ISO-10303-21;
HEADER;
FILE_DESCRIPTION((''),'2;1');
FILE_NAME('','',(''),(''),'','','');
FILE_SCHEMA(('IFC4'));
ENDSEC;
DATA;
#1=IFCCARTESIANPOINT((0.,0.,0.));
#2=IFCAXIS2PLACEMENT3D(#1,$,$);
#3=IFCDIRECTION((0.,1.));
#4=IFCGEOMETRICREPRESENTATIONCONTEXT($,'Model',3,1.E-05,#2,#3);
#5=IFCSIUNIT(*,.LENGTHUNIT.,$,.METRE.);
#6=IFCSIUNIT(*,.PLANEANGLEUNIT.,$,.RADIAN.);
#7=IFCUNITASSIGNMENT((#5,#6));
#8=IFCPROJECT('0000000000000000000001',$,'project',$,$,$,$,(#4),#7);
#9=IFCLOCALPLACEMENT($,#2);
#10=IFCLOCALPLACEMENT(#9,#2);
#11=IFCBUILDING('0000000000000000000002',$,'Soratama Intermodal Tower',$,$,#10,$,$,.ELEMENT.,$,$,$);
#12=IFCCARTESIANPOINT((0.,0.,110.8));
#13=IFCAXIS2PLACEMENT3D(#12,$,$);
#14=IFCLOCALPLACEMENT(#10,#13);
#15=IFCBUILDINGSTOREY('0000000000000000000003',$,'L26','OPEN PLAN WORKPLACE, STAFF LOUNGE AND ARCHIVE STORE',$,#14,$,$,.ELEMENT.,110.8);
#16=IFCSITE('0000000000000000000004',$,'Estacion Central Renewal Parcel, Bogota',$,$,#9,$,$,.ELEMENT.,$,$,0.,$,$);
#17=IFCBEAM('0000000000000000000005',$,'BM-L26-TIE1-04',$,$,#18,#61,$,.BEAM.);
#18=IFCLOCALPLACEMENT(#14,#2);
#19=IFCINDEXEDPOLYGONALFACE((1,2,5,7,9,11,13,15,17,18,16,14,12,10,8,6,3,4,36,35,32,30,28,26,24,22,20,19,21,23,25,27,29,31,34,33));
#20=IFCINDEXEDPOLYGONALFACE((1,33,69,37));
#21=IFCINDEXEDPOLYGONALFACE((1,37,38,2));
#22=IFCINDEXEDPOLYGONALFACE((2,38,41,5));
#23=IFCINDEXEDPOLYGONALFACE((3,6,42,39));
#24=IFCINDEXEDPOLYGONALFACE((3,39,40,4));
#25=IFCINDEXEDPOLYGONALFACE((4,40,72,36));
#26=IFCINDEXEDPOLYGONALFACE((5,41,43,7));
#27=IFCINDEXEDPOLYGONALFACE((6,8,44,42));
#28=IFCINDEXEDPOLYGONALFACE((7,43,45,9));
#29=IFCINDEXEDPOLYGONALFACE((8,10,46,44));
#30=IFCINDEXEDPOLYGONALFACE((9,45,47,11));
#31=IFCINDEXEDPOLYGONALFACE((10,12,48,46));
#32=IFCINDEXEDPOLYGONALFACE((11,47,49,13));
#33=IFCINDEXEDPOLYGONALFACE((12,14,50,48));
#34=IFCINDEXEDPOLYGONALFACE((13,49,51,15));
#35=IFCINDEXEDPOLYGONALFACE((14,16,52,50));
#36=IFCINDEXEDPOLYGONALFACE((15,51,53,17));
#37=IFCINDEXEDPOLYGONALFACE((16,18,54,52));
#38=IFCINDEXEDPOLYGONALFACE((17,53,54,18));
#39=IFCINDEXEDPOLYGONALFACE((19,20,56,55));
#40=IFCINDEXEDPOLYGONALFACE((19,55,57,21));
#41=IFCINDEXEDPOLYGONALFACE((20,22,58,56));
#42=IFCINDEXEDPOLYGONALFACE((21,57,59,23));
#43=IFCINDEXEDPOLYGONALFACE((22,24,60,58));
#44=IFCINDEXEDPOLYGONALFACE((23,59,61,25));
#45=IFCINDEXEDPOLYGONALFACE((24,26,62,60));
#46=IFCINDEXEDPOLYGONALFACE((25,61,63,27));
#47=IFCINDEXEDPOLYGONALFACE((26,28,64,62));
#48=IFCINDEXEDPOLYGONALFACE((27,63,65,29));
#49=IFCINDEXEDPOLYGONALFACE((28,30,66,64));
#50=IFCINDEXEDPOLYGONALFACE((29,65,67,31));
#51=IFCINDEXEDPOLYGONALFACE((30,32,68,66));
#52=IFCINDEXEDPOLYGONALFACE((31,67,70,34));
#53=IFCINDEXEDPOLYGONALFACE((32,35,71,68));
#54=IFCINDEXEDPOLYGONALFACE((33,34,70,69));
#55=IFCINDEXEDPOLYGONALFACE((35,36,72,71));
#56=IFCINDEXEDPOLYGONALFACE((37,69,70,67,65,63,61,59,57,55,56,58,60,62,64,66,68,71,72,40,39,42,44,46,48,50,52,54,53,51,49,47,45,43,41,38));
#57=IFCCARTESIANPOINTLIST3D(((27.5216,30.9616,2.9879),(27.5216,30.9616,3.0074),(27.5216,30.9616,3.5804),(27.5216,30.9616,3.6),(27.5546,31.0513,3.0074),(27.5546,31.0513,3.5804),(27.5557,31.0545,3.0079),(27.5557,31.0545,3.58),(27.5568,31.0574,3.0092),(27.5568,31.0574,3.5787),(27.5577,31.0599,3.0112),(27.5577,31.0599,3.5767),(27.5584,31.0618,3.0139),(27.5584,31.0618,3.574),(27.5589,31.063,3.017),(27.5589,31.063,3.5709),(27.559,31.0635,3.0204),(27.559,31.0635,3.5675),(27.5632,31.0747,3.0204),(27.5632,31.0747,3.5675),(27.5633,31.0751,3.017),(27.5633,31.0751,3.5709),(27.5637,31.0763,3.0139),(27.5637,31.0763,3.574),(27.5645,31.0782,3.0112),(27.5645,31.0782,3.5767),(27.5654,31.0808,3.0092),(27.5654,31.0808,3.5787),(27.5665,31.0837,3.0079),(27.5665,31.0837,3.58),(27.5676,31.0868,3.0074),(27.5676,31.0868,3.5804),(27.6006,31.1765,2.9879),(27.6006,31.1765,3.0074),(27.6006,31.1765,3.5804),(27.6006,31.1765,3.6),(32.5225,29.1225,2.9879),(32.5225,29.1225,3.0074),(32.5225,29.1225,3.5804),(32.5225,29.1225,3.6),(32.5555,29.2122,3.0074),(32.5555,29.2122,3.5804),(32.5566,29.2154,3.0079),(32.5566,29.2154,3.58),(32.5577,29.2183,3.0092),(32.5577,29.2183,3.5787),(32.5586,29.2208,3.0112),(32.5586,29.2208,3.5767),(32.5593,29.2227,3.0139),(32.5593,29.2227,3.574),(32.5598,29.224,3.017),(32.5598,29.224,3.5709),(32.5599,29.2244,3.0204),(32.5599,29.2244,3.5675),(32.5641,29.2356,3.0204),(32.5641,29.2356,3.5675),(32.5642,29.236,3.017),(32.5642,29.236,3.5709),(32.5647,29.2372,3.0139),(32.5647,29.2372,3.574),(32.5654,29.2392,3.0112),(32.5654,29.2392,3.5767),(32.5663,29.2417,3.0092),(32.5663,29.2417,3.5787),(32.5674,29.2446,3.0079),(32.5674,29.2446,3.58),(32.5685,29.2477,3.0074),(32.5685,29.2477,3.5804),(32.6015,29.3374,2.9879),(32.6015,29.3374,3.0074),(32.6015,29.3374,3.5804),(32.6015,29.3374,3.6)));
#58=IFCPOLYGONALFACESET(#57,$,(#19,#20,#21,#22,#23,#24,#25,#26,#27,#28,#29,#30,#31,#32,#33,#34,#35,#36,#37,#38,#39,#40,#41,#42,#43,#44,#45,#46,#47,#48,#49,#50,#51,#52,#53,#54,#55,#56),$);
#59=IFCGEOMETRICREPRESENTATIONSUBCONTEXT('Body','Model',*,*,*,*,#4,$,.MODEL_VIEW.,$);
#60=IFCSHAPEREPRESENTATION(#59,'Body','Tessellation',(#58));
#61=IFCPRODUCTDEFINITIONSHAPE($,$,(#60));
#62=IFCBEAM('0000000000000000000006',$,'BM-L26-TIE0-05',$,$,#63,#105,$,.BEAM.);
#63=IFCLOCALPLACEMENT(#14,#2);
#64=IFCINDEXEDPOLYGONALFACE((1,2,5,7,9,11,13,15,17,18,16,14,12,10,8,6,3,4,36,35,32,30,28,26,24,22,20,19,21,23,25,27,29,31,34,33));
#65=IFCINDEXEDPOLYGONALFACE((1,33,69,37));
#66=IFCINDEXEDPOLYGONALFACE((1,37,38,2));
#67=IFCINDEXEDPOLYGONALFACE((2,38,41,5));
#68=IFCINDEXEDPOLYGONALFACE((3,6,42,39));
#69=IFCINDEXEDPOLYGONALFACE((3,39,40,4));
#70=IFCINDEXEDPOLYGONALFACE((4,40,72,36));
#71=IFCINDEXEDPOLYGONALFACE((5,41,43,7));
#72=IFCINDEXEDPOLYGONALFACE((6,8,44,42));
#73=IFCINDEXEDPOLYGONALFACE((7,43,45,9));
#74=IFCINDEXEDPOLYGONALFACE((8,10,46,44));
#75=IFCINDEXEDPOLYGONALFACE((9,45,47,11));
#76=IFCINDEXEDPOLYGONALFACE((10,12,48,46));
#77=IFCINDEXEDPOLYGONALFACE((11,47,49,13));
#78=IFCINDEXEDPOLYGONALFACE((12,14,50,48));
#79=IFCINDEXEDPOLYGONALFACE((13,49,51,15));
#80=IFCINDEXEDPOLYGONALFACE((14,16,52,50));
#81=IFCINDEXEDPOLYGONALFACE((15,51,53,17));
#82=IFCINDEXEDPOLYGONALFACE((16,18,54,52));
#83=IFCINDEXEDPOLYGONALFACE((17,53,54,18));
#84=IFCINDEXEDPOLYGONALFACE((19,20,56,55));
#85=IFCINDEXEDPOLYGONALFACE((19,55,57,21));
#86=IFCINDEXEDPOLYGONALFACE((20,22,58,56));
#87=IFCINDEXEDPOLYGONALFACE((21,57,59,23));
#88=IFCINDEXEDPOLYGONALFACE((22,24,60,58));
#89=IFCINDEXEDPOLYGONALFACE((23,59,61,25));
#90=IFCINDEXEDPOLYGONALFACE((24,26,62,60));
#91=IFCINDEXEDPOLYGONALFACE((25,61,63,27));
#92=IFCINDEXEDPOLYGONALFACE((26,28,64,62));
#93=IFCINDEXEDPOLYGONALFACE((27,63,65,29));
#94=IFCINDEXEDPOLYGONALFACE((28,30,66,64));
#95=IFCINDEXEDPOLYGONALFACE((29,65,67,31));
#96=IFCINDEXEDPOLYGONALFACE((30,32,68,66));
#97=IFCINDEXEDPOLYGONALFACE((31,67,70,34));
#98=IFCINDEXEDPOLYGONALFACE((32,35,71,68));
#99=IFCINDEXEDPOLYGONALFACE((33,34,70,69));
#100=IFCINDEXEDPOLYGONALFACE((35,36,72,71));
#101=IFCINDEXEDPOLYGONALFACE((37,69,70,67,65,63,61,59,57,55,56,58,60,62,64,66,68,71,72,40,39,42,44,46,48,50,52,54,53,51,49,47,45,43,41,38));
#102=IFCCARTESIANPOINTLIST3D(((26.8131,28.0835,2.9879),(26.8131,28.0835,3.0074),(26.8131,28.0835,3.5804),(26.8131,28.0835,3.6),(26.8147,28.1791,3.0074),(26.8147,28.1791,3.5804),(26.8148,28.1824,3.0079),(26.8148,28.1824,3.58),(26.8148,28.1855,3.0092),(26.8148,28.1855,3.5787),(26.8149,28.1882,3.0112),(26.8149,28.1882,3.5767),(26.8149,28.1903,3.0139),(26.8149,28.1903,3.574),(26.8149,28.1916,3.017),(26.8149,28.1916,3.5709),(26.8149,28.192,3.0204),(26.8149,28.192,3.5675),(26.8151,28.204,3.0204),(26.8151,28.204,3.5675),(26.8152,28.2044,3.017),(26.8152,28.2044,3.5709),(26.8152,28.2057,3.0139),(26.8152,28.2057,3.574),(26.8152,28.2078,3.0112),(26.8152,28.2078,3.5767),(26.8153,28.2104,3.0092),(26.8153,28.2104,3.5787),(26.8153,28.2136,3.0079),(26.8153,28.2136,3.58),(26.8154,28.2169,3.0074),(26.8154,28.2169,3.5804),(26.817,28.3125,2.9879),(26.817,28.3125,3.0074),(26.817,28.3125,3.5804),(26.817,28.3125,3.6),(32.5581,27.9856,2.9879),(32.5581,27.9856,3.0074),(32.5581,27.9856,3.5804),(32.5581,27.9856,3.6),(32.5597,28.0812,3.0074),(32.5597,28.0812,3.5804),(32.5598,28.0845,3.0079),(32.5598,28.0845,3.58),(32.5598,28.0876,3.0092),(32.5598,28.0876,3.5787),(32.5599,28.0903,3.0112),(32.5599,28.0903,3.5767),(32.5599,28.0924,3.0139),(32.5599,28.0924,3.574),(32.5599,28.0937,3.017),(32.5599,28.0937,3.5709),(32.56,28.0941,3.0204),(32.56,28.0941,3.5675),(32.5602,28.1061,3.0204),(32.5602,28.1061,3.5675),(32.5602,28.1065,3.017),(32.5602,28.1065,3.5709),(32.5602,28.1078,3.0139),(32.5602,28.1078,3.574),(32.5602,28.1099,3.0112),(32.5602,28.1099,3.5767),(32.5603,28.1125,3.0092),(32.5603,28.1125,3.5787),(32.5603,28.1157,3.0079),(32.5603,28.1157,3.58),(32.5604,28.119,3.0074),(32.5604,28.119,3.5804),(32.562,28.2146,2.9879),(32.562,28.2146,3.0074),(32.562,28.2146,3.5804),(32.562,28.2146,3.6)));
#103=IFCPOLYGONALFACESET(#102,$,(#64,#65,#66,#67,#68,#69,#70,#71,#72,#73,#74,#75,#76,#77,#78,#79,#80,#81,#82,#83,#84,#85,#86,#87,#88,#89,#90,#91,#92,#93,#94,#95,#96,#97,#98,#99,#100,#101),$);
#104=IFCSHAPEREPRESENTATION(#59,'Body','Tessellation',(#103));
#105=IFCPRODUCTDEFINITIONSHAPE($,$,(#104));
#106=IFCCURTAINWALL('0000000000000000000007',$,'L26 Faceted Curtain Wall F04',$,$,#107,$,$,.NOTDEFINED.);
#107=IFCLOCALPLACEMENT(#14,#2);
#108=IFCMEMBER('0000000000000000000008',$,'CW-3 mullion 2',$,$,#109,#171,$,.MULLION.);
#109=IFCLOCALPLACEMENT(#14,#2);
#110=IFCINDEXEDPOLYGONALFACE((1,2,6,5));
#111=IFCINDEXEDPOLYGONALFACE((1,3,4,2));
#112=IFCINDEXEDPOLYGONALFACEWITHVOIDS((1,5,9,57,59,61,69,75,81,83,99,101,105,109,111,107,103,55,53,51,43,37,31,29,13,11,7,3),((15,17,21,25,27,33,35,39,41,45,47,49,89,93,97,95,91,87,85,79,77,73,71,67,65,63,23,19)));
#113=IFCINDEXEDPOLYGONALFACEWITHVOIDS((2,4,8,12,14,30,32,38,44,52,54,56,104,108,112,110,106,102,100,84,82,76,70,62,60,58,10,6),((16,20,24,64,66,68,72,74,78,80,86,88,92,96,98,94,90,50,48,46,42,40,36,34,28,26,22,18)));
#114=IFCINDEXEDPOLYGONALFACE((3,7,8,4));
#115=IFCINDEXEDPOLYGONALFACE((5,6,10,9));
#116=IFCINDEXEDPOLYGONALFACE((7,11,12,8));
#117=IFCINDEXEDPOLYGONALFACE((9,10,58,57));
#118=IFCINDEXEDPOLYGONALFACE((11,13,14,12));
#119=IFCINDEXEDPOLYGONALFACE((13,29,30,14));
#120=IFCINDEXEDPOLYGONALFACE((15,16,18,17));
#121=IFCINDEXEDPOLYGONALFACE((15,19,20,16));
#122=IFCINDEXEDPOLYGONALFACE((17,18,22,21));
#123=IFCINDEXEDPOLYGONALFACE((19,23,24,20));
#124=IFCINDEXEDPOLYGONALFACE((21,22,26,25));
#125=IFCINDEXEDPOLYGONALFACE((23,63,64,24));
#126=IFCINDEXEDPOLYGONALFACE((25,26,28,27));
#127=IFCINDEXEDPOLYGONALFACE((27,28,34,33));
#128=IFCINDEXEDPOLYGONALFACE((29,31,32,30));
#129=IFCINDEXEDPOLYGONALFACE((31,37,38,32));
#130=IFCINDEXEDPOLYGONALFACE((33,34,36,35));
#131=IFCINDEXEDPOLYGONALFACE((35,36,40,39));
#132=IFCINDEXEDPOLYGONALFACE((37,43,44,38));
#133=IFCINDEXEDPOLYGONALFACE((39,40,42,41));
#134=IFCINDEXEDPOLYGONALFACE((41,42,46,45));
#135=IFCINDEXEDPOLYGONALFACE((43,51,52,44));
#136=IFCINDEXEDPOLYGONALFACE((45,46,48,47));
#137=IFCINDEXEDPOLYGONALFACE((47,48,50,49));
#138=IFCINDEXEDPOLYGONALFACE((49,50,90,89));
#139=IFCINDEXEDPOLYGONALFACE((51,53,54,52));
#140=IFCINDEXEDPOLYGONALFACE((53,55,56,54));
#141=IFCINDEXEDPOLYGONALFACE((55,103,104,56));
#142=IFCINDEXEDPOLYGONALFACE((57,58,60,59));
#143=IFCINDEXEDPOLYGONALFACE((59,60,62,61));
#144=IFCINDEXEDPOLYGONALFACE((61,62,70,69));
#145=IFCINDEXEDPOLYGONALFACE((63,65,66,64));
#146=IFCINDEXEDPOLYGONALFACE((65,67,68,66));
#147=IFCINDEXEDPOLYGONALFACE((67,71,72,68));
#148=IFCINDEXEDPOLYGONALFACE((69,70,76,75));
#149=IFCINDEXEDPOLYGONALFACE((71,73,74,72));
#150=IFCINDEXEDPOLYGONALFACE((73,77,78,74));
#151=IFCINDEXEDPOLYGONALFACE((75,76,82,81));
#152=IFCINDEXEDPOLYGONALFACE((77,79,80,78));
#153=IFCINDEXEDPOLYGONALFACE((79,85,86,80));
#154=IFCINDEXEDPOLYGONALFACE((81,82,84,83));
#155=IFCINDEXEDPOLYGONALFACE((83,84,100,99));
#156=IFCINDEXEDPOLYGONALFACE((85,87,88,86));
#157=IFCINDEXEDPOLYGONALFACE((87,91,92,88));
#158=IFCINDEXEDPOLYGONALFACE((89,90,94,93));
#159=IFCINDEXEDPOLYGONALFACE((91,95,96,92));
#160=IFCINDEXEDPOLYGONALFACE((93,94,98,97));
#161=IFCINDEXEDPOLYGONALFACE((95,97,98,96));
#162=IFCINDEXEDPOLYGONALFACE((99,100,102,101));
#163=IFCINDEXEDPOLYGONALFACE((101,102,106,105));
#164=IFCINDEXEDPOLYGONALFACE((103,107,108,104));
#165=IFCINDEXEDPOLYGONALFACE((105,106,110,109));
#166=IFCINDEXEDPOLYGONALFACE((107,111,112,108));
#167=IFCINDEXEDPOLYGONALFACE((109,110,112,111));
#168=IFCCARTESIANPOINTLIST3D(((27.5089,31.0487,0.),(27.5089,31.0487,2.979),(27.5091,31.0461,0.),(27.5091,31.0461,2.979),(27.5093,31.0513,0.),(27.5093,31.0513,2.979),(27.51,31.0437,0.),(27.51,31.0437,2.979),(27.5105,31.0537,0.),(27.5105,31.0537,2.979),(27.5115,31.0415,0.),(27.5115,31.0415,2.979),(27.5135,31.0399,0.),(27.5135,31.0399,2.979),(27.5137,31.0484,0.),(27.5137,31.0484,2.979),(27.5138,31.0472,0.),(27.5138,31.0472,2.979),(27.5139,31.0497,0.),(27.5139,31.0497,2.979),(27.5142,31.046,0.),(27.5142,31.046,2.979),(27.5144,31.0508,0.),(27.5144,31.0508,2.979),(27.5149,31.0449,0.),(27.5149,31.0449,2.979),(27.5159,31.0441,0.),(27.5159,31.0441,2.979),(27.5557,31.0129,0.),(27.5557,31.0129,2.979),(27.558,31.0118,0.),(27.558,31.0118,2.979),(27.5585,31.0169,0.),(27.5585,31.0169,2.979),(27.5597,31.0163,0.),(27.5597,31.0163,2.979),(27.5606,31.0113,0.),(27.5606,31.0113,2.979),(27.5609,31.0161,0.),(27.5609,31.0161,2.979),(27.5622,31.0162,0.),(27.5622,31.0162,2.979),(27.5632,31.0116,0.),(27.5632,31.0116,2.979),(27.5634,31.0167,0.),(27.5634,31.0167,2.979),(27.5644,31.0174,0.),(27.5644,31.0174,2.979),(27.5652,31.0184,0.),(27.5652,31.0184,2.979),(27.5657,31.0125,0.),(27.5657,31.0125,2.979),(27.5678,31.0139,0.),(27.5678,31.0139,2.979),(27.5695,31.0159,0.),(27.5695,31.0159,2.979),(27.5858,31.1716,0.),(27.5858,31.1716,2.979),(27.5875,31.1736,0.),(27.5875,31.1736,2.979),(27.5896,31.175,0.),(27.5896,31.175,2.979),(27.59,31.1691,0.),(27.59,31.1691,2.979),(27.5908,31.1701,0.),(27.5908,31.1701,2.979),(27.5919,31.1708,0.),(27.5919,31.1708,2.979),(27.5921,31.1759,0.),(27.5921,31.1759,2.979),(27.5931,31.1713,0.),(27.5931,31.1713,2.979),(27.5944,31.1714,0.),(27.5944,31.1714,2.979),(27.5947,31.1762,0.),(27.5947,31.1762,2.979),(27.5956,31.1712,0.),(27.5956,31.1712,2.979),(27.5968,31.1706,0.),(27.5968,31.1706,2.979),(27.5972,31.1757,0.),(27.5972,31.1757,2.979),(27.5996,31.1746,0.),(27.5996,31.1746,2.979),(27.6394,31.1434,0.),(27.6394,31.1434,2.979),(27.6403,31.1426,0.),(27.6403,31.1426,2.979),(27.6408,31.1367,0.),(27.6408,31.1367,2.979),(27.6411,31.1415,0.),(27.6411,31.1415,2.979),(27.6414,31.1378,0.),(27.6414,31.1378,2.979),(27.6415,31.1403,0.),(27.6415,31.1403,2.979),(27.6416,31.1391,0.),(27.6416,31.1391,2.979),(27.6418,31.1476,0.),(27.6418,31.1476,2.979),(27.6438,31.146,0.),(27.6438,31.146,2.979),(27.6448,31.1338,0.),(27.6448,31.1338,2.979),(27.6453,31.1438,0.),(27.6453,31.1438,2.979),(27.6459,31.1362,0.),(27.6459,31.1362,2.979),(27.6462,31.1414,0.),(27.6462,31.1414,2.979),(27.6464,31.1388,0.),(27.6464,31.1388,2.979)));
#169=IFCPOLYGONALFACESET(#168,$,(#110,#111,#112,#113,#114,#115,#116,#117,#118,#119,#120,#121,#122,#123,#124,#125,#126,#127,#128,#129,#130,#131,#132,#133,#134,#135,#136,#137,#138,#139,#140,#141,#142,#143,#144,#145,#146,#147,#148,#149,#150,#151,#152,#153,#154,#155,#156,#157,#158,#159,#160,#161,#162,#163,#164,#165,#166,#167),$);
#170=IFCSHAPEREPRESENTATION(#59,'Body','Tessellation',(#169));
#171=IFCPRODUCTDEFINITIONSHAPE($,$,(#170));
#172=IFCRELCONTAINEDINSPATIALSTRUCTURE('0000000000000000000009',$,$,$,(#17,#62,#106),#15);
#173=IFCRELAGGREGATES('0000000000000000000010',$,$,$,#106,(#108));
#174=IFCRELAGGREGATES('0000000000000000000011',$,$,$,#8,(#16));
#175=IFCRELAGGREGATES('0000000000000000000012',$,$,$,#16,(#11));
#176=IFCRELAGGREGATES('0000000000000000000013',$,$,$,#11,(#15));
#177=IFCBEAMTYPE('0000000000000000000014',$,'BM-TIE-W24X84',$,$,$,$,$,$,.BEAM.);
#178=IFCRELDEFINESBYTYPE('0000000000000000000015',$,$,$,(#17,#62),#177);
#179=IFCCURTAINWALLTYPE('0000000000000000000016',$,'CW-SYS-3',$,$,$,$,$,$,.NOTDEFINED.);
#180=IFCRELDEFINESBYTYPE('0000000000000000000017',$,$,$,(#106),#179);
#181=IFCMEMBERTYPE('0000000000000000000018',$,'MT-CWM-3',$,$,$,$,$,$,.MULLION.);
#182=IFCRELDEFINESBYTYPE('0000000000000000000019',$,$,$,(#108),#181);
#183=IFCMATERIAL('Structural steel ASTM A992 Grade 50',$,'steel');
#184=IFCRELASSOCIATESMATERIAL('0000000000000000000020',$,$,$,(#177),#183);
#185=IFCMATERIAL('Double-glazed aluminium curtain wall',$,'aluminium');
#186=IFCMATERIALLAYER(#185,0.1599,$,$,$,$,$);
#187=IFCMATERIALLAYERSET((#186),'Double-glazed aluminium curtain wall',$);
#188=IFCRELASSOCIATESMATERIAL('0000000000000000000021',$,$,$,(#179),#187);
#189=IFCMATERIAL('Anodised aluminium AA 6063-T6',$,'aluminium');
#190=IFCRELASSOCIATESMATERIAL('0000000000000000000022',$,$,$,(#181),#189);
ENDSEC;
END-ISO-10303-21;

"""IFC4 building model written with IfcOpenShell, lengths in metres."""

from ifc_helpers import new_model, si_unit, direction, frame, origin, origin_2d, place, context, subcontext, project, spatial, hollow_rectangle, i_section, extrude, material, layer, layer_set, material_profile, profile_set, type_object, element, aggregate, save


model = new_model("IFC4")

# Units and contexts
model_context = context("Model", 3, precision=1e-05, world=origin(), true_north=direction((0.0, 1.0)))
body_context = subcontext(model_context, "Body", "Model", "MODEL_VIEW")
ifc_project = project(units=[si_unit("LENGTHUNIT", "METRE"), si_unit("PLANEANGLEUNIT", "RADIAN")], contexts=[model_context])

# Site, building, storey
site_placement = place(None, origin())
site = spatial("IfcSite", under=ifc_project, at=site_placement, Name="Estacion Central Renewal Parcel, Bogota", CompositionType="ELEMENT", RefElevation=0.0)
building_placement = place(site_placement, origin())
building = spatial("IfcBuilding", under=site, at=building_placement, Name="Soratama Intermodal Tower", CompositionType="ELEMENT")
storey_placement = place(building_placement, frame((0.0, 0.0, 110.8)))
storey = spatial("IfcBuildingStorey", under=building, at=storey_placement, Name="L26", Description="OPEN PLAN WORKPLACE, STAFF LOUNGE AND ARCHIVE STORE", CompositionType="ELEMENT", Elevation=110.8)

# Beams
ifc_material_1 = material(Name="Structural steel ASTM A992 Grade 50", Category="steel")
ifc_material_profile_1 = material_profile(ifc_material_1, i_section(OverallWidth=0.229, OverallDepth=0.6121, WebThickness=0.012, FlangeThickness=0.0195, FilletRadius=0.0129, at=origin_2d()), Name="W24X84")
ifc_profile_set_1 = profile_set([ifc_material_profile_1], Name="Structural steel ASTM A992 Grade 50")
beam_type_1 = type_object("IfcBeamType", Name="BM-TIE-W24X84", PredefinedType="BEAM", material=ifc_profile_set_1)
beam_1_placement = place(storey_placement, frame((32.562, 29.23, 3.2939), z_axis=(-0.938547, 0.345151, 0.0), x_axis=(-0.345151, -0.938547, 0.0)))
element("IfcBeam", 1, at=beam_1_placement, inside=storey, type_object=beam_type_1, Name="BM-L26-TIE1-04", PredefinedType="BEAM", context=body_context, shape_type="SweptSolid", body=[
    extrude(i_section(OverallWidth=0.229, OverallDepth=0.6121, WebThickness=0.012, FlangeThickness=0.0195, FilletRadius=0.0129, at=origin_2d()), origin(), (0.0, 0.0, 1.0), 5.3284),
])
beam_2_placement = place(storey_placement, frame((32.5601, 28.1001, 3.2939), z_axis=(-0.999855, 0.017038, 0.0), x_axis=(-0.017038, -0.999855, 0.0)))
element("IfcBeam", 2, at=beam_2_placement, inside=storey, type_object=beam_type_1, Name="BM-L26-TIE0-05", PredefinedType="BEAM", context=body_context, shape_type="SweptSolid", body=[
    extrude(i_section(OverallWidth=0.229, OverallDepth=0.6121, WebThickness=0.012, FlangeThickness=0.0195, FilletRadius=0.0129, at=origin_2d()), origin(), (0.0, 0.0, 1.0), 5.7458),
])

# Curtain wall, member
ifc_material_2 = material(Name="Double-glazed aluminium curtain wall", Category="aluminium")
ifc_layer_1 = layer(ifc_material_2, 0.1599)
ifc_layer_set_1 = layer_set([ifc_layer_1], Name="Double-glazed aluminium curtain wall")
curtain_wall_type = type_object("IfcCurtainWallType", Name="CW-SYS-3", PredefinedType="NOTDEFINED", material=ifc_layer_set_1)
curtain_wall_placement = place(storey_placement, origin())
curtain_wall = element("IfcCurtainWall", 3, at=curtain_wall_placement, inside=storey, type_object=curtain_wall_type, Name="L26 Faceted Curtain Wall F04", PredefinedType="NOTDEFINED")
ifc_material_3 = material(Name="Anodised aluminium AA 6063-T6", Category="aluminium")
ifc_material_profile_2 = material_profile(ifc_material_3, hollow_rectangle(XDim=0.0701, YDim=0.1599, WallThickness=0.0049, InnerFilletRadius=0.0049, OuterFilletRadius=0.01, at=origin_2d()), Name="CWM160X70X5")
ifc_profile_set_2 = profile_set([ifc_material_profile_2], Name="Anodised aluminium AA 6063-T6")
member_type = type_object("IfcMemberType", Name="MT-CWM-3", PredefinedType="MULLION", material=ifc_profile_set_2)
member_placement = place(storey_placement, frame((27.5776, 31.0938, 0.0), z_axis=(0.0, 0.0, 1.0), x_axis=(0.842639, -0.538478, 0.0)))
member = element("IfcMember", 4, at=member_placement, type_object=member_type, Name="CW-3 mullion 2", PredefinedType="MULLION", context=body_context, shape_type="SweptSolid", body=[
    extrude(hollow_rectangle(XDim=0.0701, YDim=0.1599, WallThickness=0.0049, InnerFilletRadius=0.0049, OuterFilletRadius=0.01, at=origin_2d()), origin(), (0.0, 0.0, 1.0), 2.979),
])
aggregate(curtain_wall, [member])

save(model, "model.ifc")
